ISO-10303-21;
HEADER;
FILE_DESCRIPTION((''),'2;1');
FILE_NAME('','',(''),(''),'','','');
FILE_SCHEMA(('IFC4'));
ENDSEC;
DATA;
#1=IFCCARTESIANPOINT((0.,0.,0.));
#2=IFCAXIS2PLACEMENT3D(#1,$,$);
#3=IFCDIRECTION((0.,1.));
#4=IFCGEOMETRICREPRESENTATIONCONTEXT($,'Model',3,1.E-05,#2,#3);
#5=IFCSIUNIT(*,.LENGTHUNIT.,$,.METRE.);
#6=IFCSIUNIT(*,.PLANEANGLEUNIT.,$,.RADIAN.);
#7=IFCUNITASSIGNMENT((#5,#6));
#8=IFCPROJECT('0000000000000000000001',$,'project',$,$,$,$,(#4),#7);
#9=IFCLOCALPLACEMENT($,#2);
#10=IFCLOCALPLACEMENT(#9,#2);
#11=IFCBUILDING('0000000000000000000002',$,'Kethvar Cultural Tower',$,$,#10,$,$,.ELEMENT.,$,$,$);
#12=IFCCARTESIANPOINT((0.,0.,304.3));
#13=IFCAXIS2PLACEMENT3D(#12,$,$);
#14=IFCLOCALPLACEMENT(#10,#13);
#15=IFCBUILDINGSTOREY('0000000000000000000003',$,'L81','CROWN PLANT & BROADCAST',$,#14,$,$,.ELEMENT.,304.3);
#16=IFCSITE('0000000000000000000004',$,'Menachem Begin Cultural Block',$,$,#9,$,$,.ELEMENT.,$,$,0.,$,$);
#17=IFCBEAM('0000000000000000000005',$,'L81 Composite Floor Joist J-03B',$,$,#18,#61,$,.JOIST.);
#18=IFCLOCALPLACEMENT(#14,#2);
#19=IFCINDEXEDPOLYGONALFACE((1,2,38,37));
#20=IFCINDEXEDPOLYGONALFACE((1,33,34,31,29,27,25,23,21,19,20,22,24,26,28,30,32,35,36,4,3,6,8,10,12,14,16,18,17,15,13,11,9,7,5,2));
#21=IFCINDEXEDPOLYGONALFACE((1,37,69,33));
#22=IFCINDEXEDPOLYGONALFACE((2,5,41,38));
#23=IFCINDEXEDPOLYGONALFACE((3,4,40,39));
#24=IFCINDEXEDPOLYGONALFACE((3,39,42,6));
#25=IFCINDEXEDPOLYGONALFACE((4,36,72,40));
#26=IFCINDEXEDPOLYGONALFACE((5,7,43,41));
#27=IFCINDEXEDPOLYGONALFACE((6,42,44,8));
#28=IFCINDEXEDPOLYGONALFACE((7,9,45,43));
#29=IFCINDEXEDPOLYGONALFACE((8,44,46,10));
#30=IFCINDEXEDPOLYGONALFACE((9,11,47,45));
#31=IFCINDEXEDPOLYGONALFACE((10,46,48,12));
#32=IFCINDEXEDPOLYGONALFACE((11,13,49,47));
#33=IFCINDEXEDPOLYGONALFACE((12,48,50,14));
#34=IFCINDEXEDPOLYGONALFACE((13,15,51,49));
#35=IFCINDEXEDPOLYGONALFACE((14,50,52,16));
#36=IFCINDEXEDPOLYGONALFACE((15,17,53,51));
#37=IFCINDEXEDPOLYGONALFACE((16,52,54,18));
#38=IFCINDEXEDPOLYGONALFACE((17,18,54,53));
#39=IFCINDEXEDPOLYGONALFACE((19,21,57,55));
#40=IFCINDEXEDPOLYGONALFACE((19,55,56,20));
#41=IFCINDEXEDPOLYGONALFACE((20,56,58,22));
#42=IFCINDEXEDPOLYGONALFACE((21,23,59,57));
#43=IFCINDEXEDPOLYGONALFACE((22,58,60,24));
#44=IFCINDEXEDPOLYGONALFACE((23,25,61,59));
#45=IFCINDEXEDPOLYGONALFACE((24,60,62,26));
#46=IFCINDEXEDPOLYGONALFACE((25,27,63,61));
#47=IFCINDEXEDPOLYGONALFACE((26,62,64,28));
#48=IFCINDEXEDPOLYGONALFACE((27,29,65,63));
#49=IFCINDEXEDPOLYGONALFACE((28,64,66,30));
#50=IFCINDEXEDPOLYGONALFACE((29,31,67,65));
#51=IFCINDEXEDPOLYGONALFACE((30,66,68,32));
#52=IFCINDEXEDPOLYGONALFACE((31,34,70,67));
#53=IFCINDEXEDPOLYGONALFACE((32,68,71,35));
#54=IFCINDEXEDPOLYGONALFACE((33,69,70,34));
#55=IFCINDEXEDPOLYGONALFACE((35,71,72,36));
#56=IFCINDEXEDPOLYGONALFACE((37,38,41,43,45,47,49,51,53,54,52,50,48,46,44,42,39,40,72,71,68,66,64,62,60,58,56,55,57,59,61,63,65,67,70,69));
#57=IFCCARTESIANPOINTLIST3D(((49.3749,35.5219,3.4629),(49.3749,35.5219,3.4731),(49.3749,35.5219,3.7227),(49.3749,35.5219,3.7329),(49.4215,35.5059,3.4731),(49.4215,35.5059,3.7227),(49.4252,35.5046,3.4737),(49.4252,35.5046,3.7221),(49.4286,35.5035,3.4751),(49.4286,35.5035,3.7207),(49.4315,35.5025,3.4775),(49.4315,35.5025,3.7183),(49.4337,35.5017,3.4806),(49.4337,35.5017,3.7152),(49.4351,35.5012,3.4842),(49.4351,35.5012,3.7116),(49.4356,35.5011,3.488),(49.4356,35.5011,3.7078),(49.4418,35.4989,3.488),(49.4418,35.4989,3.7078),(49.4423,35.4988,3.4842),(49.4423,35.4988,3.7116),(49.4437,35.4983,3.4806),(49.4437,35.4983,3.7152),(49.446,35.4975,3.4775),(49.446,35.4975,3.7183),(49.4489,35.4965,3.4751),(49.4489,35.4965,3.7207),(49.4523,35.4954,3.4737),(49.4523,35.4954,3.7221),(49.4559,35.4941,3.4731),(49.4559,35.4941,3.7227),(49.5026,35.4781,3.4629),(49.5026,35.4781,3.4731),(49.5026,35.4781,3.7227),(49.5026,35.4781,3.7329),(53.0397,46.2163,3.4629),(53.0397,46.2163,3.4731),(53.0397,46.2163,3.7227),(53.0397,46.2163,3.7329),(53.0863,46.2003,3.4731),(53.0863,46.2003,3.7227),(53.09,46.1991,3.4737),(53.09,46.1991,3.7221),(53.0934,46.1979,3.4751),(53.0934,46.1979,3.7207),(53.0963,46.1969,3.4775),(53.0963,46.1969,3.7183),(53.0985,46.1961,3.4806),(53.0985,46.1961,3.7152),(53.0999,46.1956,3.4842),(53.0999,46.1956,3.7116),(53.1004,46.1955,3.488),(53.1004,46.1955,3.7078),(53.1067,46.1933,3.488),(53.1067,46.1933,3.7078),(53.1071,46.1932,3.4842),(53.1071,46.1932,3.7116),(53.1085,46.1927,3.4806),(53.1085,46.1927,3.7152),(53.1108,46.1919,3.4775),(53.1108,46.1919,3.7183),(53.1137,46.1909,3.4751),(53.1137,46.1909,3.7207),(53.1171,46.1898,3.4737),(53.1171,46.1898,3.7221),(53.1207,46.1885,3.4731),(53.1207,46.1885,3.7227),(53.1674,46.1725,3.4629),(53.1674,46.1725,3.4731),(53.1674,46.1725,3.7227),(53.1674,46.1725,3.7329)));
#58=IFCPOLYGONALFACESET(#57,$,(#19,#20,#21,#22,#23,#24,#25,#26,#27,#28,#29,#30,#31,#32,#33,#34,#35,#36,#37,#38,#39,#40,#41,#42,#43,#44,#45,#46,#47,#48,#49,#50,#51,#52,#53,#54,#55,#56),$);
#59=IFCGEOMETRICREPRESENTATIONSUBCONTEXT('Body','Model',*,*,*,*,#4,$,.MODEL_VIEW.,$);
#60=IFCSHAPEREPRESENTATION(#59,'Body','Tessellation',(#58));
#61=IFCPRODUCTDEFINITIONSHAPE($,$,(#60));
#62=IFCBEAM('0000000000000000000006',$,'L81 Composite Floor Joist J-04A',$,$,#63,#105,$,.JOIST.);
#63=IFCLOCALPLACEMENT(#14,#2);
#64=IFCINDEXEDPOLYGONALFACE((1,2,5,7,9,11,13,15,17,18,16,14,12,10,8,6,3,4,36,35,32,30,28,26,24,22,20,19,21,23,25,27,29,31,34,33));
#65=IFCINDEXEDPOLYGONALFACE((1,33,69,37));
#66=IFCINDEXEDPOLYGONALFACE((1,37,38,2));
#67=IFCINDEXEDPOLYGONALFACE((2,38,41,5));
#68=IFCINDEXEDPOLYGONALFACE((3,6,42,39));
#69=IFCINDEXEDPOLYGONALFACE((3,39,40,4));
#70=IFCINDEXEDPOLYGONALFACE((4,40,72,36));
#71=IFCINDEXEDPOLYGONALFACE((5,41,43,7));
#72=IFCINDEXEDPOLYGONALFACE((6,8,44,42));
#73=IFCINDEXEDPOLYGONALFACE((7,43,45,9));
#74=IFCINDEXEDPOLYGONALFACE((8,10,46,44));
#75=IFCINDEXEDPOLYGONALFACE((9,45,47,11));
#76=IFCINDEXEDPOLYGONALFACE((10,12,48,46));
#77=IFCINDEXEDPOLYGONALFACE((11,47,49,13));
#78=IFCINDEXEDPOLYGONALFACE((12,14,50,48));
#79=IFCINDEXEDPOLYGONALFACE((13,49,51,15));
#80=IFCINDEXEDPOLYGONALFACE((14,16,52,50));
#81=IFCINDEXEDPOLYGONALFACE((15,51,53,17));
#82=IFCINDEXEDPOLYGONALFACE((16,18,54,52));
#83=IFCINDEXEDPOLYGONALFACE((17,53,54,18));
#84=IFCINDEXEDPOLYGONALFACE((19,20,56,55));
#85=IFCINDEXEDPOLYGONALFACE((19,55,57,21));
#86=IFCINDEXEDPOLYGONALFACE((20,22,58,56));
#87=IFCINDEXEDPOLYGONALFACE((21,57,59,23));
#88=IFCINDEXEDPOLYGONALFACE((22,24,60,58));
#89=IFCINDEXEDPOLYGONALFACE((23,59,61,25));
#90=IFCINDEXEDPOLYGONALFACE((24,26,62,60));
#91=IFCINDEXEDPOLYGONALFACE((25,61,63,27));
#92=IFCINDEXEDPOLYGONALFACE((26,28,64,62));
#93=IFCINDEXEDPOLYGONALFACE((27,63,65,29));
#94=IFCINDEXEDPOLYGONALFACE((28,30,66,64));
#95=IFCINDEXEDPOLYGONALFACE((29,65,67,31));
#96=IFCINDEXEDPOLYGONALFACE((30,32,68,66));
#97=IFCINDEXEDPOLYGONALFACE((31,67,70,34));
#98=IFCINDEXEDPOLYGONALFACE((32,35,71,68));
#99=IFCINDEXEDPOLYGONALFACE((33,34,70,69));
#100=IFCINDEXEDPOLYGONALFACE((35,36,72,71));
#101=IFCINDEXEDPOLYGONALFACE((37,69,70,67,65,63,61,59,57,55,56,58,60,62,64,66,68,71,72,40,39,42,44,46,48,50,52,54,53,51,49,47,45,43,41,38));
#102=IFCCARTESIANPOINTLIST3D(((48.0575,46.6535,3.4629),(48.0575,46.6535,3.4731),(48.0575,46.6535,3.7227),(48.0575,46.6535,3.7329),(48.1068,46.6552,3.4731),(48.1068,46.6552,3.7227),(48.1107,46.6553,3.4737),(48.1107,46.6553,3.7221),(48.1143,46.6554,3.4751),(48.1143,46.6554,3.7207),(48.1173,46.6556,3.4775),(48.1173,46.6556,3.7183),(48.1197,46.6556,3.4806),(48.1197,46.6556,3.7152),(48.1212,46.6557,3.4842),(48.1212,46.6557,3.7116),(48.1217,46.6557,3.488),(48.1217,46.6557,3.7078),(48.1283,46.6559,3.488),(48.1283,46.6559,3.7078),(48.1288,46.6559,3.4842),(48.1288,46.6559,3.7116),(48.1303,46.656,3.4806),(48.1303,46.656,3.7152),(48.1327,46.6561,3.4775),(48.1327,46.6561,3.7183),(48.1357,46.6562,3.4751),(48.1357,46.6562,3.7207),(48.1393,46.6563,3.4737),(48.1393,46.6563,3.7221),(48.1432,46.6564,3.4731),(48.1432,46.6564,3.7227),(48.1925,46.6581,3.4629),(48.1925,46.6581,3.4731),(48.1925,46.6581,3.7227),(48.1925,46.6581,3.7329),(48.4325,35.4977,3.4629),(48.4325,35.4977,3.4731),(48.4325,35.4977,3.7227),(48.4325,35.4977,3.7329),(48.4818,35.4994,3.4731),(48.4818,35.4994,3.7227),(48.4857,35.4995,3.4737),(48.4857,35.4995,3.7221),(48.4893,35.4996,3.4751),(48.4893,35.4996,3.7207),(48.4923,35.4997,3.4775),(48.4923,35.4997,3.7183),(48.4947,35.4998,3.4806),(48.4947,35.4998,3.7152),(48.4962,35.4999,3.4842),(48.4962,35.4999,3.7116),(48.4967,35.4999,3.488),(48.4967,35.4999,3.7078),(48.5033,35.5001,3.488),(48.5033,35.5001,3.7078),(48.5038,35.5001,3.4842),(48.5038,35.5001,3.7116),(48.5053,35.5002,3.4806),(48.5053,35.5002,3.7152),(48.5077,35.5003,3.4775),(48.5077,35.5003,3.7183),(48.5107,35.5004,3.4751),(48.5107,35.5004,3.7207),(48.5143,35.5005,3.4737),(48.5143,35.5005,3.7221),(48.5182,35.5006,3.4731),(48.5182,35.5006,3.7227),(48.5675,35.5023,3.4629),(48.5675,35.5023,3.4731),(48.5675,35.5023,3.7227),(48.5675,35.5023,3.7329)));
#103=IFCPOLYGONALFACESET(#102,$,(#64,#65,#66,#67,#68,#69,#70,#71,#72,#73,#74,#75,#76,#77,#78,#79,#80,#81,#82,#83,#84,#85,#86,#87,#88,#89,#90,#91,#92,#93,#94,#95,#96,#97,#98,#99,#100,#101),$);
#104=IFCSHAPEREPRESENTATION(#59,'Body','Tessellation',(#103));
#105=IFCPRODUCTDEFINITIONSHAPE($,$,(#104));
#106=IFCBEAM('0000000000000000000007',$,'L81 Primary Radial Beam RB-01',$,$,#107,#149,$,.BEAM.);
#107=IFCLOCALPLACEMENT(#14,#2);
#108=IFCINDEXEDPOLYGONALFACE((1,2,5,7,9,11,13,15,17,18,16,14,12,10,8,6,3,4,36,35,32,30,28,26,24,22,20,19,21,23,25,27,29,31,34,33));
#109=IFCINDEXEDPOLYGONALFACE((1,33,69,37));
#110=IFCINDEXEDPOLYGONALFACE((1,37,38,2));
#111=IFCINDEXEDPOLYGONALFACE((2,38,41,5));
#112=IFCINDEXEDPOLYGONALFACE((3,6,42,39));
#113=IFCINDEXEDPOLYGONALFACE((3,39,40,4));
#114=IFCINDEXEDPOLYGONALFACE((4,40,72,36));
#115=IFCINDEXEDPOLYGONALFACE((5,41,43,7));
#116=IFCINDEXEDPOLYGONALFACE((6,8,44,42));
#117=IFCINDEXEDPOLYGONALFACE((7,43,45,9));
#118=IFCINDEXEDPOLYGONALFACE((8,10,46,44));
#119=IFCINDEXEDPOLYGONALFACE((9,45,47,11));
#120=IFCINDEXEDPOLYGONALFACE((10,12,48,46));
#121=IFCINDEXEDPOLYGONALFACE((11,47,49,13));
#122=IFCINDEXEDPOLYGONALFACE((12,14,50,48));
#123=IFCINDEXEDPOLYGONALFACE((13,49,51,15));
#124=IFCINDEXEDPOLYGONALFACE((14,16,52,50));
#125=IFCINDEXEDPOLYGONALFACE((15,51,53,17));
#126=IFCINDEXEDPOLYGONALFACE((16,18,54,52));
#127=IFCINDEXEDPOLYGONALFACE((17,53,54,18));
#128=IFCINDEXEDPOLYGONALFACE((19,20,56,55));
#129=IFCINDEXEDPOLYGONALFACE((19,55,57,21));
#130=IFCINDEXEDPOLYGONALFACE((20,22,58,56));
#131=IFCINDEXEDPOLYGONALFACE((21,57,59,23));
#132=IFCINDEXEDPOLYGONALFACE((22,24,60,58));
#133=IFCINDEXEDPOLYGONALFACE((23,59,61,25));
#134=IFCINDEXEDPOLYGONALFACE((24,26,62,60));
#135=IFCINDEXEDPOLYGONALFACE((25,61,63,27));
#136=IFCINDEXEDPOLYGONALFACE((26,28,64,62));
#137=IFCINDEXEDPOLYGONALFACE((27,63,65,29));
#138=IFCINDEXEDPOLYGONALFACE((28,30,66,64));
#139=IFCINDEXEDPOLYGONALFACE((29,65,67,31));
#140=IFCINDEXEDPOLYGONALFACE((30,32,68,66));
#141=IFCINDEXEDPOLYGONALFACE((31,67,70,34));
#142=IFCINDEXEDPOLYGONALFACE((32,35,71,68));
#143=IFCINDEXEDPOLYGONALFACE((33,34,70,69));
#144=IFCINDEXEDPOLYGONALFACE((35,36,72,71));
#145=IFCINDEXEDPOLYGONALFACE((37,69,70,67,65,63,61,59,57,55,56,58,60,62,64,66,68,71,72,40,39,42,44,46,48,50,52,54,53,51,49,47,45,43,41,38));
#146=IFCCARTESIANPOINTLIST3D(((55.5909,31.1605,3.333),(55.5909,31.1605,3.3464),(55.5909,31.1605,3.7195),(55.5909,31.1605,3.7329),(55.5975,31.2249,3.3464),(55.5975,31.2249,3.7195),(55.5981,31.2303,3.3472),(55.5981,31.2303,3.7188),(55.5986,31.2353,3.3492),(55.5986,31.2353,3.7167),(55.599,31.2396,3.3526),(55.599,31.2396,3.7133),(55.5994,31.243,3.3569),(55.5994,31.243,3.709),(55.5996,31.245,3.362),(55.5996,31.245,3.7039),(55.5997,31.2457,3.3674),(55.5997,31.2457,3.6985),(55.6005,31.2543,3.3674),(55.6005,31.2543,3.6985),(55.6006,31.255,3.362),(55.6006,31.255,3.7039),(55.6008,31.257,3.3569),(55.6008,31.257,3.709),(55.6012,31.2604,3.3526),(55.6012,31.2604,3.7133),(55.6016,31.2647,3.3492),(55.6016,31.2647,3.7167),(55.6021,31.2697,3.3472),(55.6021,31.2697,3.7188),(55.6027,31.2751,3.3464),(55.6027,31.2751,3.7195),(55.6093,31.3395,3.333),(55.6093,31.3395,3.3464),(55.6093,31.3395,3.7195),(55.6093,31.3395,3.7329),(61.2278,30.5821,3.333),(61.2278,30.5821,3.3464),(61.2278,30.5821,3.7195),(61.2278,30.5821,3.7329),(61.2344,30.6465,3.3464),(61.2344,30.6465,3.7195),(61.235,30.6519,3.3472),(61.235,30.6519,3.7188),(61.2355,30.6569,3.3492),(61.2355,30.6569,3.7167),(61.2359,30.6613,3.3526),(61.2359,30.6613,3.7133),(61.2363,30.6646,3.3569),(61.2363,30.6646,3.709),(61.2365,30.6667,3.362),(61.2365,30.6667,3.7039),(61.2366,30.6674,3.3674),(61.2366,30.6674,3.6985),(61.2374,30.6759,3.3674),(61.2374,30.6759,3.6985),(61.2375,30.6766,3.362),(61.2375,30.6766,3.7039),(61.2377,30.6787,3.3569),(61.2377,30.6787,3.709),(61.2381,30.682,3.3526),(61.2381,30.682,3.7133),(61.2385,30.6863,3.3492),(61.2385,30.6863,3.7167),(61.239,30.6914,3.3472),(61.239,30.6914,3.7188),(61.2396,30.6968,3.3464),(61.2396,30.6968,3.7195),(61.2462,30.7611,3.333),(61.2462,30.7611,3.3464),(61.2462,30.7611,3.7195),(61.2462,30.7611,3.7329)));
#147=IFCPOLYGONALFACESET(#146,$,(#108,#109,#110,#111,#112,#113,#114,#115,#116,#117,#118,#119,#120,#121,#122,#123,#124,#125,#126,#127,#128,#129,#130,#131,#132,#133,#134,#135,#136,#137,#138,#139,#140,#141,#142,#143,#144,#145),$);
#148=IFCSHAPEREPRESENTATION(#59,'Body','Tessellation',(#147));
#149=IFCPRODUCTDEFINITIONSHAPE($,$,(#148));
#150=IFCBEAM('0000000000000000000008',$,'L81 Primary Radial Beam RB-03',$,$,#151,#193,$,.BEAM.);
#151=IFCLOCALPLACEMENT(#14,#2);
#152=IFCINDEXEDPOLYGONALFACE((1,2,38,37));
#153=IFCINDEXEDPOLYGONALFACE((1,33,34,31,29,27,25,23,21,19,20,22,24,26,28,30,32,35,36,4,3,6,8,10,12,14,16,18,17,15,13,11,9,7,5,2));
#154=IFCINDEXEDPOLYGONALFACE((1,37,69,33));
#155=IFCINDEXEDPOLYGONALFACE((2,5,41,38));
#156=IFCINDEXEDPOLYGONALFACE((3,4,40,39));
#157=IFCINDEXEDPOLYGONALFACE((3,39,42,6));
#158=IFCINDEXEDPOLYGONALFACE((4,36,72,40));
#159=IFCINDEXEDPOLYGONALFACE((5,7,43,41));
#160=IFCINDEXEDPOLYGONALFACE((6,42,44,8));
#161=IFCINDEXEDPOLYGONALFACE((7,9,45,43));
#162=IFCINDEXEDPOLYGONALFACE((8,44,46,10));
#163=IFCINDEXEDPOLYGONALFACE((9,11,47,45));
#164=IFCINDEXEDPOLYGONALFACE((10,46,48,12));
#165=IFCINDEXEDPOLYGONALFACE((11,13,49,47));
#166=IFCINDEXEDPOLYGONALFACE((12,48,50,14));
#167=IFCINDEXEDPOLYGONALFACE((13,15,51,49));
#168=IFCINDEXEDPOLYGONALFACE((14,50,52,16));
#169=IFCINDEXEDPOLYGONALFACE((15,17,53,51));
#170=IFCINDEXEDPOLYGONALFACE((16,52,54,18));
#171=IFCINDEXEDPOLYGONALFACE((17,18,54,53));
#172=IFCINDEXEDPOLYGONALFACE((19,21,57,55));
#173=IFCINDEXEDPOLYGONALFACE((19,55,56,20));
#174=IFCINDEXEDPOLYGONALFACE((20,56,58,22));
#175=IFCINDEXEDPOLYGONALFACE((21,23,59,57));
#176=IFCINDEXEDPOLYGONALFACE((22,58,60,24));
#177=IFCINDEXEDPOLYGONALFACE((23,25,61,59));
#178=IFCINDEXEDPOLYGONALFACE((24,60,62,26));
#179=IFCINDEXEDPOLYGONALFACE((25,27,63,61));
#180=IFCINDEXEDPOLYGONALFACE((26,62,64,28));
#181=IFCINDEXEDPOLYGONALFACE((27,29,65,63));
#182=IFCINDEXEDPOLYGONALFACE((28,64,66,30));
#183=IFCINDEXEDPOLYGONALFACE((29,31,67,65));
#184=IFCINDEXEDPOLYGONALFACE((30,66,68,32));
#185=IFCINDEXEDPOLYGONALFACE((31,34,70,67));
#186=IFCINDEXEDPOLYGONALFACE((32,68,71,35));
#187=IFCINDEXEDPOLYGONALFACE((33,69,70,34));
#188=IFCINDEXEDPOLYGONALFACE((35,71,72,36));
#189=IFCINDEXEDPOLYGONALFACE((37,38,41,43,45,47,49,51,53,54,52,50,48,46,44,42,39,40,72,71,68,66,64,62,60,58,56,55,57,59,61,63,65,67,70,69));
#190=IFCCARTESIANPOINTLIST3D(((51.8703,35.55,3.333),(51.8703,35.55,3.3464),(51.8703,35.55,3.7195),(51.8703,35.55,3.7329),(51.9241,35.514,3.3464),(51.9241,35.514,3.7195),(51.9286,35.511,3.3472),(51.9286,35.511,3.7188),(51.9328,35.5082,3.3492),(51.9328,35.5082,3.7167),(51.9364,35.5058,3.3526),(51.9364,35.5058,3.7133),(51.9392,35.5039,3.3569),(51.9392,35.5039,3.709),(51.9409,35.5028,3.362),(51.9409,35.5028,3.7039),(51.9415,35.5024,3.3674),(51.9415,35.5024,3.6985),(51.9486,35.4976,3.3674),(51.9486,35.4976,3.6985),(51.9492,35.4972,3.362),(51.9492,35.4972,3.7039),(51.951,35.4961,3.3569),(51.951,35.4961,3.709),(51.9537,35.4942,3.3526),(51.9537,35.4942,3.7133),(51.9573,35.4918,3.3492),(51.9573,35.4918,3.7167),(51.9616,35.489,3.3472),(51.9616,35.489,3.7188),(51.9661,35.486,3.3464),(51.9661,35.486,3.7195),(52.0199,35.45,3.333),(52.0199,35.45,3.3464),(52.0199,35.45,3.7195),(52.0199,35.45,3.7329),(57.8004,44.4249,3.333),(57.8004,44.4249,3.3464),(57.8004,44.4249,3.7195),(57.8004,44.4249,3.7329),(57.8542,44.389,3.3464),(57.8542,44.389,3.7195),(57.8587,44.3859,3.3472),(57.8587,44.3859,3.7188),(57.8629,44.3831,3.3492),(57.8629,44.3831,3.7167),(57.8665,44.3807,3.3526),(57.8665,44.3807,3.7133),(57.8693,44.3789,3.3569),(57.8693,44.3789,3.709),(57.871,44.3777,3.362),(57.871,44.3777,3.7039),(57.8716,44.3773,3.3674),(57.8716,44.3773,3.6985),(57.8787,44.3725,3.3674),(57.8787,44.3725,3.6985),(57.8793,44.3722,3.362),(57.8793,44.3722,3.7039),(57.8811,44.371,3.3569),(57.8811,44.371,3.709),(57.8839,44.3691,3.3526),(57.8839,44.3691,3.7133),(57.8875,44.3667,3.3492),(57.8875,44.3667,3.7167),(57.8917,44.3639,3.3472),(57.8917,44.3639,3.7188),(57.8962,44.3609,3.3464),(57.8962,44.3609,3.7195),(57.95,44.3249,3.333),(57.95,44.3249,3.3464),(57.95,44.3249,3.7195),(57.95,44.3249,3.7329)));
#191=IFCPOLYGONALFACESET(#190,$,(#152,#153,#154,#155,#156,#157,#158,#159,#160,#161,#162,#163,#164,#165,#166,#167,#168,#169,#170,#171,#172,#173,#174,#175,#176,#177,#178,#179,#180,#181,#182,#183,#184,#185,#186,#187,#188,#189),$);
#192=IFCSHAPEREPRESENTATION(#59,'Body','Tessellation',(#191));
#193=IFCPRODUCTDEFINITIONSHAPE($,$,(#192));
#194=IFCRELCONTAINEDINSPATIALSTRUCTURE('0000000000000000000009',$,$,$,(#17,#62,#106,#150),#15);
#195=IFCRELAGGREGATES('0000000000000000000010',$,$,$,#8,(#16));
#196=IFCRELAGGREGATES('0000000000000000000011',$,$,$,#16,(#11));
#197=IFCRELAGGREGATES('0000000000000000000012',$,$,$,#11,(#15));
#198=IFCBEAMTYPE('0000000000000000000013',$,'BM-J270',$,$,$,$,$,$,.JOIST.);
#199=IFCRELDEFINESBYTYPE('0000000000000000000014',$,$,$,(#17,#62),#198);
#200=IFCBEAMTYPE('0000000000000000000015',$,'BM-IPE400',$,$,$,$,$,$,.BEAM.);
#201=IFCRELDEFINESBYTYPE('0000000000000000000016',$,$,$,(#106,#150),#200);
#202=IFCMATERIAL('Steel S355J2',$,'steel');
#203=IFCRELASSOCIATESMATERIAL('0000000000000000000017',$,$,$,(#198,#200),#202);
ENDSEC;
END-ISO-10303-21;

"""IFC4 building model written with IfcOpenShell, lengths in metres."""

from ifc_helpers import new_model, si_unit, direction, frame, origin, origin_2d, place, context, subcontext, project, spatial, i_section, extrude, source, transform, mapped, material, material_profile, profile_set, type_object, element, save


model = new_model("IFC4")

# Units and contexts
model_context = context("Model", 3, precision=1e-05, world=origin(), true_north=direction((0.0, 1.0)))
body_context = subcontext(model_context, "Body", "Model", "MODEL_VIEW")
ifc_project = project(units=[si_unit("LENGTHUNIT", "METRE"), si_unit("PLANEANGLEUNIT", "RADIAN")], contexts=[model_context])

# Site, building, storey
site_placement = place(None, origin())
site = spatial("IfcSite", under=ifc_project, at=site_placement, Name="Menachem Begin Cultural Block", CompositionType="ELEMENT", RefElevation=0.0)
building_placement = place(site_placement, origin())
building = spatial("IfcBuilding", under=site, at=building_placement, Name="Kethvar Cultural Tower", CompositionType="ELEMENT")
storey_placement = place(building_placement, frame((0.0, 0.0, 304.3)))
storey = spatial("IfcBuildingStorey", under=building, at=storey_placement, Name="L81", Description="CROWN PLANT & BROADCAST", CompositionType="ELEMENT", Elevation=304.3)

# Beams
ifc_material_1 = material(Name="Steel S355J2", Category="steel")
ifc_material_profile_1 = material_profile(ifc_material_1, i_section(OverallWidth=0.135, OverallDepth=0.27, WebThickness=0.0066, FlangeThickness=0.0103, FilletRadius=0.0149, at=origin_2d()), Name="Steel S355J2 — IPE270")
ifc_profile_set_1 = profile_set([ifc_material_profile_1], Name="Steel S355J2 — IPE270")
beam_type_1 = type_object("IfcBeamType", Name="BM-J270", PredefinedType="JOIST", material=ifc_profile_set_1)
shared_shape_1 = source(origin(), body_context, "Body", "SweptSolid", [
    extrude(i_section(OverallWidth=0.135, OverallDepth=0.27, WebThickness=0.0066, FlangeThickness=0.0103, FilletRadius=0.0149, at=origin_2d()), origin(), (0.0, 0.0, 1.0), 11.3049),
])
beam_1_placement = place(storey_placement, frame((49.4387, 35.5, 3.5979), z_axis=(0.324179, 0.945996, 0.0), x_axis=(-0.945996, 0.324179, 0.0)))
element("IfcBeam", 1, at=beam_1_placement, inside=storey, type_object=beam_type_1, Name="L81 Composite Floor Joist J-03B", PredefinedType="JOIST", context=body_context, shape_type="MappedRepresentation", body=[
    mapped(shared_shape_1, transform((0.0, 0.0, 0.0), scale=1.0)),
])
shared_shape_2 = source(origin(), body_context, "Body", "SweptSolid", [
    extrude(i_section(OverallWidth=0.135, OverallDepth=0.27, WebThickness=0.0066, FlangeThickness=0.0103, FilletRadius=0.0149, at=origin_2d()), origin(), (0.0, 0.0, 1.0), 11.1621),
])
beam_2_placement = place(storey_placement, frame((48.5, 35.5, 3.5979), z_axis=(-0.033596, 0.999435, 0.0), x_axis=(-0.999435, -0.033596, 0.0)))
element("IfcBeam", 2, at=beam_2_placement, inside=storey, type_object=beam_type_1, Name="L81 Composite Floor Joist J-04A", PredefinedType="JOIST", context=body_context, shape_type="MappedRepresentation", body=[
    mapped(shared_shape_2, transform((0.0, 0.0, 0.0), scale=1.0)),
])
ifc_material_profile_2 = material_profile(ifc_material_1, i_section(OverallWidth=0.1799, OverallDepth=0.3999, WebThickness=0.0085, FlangeThickness=0.0134, FilletRadius=0.021, at=origin_2d()), Name="Steel S355J2 — IPE400")
ifc_profile_set_2 = profile_set([ifc_material_profile_2], Name="Steel S355J2 — IPE400")
beam_type_2 = type_object("IfcBeamType", Name="BM-IPE400", PredefinedType="BEAM", material=ifc_profile_set_2)
shared_shape_3 = source(origin(), body_context, "Body", "SweptSolid", [
    extrude(i_section(OverallWidth=0.1799, OverallDepth=0.3999, WebThickness=0.0085, FlangeThickness=0.0134, FilletRadius=0.021, at=origin_2d()), origin(), (0.0, 0.0, 1.0), 5.6665),
])
beam_3_placement = place(storey_placement, frame((55.6001, 31.25, 3.533), z_axis=(0.994778, -0.102067, 0.0), x_axis=(0.102067, 0.994778, 0.0)))
element("IfcBeam", 3, at=beam_3_placement, inside=storey, type_object=beam_type_2, Name="L81 Primary Radial Beam RB-01", PredefinedType="BEAM", context=body_context, shape_type="MappedRepresentation", body=[
    mapped(shared_shape_3, transform((0.0, 0.0, 0.0), scale=1.0)),
])
shared_shape_4 = source(origin(), body_context, "Body", "SweptSolid", [
    extrude(i_section(OverallWidth=0.1799, OverallDepth=0.3999, WebThickness=0.0085, FlangeThickness=0.0134, FilletRadius=0.021, at=origin_2d()), origin(), (0.0, 0.0, 1.0), 10.6738),
])
beam_4_placement = place(storey_placement, frame((51.9451, 35.5, 3.533), z_axis=(0.555576, 0.831466, 0.0), x_axis=(-0.831466, 0.555576, 0.0)))
element("IfcBeam", 4, at=beam_4_placement, inside=storey, type_object=beam_type_2, Name="L81 Primary Radial Beam RB-03", PredefinedType="BEAM", context=body_context, shape_type="MappedRepresentation", body=[
    mapped(shared_shape_4, transform((0.0, 0.0, 0.0), scale=1.0)),
])

save(model, "model.ifc")
